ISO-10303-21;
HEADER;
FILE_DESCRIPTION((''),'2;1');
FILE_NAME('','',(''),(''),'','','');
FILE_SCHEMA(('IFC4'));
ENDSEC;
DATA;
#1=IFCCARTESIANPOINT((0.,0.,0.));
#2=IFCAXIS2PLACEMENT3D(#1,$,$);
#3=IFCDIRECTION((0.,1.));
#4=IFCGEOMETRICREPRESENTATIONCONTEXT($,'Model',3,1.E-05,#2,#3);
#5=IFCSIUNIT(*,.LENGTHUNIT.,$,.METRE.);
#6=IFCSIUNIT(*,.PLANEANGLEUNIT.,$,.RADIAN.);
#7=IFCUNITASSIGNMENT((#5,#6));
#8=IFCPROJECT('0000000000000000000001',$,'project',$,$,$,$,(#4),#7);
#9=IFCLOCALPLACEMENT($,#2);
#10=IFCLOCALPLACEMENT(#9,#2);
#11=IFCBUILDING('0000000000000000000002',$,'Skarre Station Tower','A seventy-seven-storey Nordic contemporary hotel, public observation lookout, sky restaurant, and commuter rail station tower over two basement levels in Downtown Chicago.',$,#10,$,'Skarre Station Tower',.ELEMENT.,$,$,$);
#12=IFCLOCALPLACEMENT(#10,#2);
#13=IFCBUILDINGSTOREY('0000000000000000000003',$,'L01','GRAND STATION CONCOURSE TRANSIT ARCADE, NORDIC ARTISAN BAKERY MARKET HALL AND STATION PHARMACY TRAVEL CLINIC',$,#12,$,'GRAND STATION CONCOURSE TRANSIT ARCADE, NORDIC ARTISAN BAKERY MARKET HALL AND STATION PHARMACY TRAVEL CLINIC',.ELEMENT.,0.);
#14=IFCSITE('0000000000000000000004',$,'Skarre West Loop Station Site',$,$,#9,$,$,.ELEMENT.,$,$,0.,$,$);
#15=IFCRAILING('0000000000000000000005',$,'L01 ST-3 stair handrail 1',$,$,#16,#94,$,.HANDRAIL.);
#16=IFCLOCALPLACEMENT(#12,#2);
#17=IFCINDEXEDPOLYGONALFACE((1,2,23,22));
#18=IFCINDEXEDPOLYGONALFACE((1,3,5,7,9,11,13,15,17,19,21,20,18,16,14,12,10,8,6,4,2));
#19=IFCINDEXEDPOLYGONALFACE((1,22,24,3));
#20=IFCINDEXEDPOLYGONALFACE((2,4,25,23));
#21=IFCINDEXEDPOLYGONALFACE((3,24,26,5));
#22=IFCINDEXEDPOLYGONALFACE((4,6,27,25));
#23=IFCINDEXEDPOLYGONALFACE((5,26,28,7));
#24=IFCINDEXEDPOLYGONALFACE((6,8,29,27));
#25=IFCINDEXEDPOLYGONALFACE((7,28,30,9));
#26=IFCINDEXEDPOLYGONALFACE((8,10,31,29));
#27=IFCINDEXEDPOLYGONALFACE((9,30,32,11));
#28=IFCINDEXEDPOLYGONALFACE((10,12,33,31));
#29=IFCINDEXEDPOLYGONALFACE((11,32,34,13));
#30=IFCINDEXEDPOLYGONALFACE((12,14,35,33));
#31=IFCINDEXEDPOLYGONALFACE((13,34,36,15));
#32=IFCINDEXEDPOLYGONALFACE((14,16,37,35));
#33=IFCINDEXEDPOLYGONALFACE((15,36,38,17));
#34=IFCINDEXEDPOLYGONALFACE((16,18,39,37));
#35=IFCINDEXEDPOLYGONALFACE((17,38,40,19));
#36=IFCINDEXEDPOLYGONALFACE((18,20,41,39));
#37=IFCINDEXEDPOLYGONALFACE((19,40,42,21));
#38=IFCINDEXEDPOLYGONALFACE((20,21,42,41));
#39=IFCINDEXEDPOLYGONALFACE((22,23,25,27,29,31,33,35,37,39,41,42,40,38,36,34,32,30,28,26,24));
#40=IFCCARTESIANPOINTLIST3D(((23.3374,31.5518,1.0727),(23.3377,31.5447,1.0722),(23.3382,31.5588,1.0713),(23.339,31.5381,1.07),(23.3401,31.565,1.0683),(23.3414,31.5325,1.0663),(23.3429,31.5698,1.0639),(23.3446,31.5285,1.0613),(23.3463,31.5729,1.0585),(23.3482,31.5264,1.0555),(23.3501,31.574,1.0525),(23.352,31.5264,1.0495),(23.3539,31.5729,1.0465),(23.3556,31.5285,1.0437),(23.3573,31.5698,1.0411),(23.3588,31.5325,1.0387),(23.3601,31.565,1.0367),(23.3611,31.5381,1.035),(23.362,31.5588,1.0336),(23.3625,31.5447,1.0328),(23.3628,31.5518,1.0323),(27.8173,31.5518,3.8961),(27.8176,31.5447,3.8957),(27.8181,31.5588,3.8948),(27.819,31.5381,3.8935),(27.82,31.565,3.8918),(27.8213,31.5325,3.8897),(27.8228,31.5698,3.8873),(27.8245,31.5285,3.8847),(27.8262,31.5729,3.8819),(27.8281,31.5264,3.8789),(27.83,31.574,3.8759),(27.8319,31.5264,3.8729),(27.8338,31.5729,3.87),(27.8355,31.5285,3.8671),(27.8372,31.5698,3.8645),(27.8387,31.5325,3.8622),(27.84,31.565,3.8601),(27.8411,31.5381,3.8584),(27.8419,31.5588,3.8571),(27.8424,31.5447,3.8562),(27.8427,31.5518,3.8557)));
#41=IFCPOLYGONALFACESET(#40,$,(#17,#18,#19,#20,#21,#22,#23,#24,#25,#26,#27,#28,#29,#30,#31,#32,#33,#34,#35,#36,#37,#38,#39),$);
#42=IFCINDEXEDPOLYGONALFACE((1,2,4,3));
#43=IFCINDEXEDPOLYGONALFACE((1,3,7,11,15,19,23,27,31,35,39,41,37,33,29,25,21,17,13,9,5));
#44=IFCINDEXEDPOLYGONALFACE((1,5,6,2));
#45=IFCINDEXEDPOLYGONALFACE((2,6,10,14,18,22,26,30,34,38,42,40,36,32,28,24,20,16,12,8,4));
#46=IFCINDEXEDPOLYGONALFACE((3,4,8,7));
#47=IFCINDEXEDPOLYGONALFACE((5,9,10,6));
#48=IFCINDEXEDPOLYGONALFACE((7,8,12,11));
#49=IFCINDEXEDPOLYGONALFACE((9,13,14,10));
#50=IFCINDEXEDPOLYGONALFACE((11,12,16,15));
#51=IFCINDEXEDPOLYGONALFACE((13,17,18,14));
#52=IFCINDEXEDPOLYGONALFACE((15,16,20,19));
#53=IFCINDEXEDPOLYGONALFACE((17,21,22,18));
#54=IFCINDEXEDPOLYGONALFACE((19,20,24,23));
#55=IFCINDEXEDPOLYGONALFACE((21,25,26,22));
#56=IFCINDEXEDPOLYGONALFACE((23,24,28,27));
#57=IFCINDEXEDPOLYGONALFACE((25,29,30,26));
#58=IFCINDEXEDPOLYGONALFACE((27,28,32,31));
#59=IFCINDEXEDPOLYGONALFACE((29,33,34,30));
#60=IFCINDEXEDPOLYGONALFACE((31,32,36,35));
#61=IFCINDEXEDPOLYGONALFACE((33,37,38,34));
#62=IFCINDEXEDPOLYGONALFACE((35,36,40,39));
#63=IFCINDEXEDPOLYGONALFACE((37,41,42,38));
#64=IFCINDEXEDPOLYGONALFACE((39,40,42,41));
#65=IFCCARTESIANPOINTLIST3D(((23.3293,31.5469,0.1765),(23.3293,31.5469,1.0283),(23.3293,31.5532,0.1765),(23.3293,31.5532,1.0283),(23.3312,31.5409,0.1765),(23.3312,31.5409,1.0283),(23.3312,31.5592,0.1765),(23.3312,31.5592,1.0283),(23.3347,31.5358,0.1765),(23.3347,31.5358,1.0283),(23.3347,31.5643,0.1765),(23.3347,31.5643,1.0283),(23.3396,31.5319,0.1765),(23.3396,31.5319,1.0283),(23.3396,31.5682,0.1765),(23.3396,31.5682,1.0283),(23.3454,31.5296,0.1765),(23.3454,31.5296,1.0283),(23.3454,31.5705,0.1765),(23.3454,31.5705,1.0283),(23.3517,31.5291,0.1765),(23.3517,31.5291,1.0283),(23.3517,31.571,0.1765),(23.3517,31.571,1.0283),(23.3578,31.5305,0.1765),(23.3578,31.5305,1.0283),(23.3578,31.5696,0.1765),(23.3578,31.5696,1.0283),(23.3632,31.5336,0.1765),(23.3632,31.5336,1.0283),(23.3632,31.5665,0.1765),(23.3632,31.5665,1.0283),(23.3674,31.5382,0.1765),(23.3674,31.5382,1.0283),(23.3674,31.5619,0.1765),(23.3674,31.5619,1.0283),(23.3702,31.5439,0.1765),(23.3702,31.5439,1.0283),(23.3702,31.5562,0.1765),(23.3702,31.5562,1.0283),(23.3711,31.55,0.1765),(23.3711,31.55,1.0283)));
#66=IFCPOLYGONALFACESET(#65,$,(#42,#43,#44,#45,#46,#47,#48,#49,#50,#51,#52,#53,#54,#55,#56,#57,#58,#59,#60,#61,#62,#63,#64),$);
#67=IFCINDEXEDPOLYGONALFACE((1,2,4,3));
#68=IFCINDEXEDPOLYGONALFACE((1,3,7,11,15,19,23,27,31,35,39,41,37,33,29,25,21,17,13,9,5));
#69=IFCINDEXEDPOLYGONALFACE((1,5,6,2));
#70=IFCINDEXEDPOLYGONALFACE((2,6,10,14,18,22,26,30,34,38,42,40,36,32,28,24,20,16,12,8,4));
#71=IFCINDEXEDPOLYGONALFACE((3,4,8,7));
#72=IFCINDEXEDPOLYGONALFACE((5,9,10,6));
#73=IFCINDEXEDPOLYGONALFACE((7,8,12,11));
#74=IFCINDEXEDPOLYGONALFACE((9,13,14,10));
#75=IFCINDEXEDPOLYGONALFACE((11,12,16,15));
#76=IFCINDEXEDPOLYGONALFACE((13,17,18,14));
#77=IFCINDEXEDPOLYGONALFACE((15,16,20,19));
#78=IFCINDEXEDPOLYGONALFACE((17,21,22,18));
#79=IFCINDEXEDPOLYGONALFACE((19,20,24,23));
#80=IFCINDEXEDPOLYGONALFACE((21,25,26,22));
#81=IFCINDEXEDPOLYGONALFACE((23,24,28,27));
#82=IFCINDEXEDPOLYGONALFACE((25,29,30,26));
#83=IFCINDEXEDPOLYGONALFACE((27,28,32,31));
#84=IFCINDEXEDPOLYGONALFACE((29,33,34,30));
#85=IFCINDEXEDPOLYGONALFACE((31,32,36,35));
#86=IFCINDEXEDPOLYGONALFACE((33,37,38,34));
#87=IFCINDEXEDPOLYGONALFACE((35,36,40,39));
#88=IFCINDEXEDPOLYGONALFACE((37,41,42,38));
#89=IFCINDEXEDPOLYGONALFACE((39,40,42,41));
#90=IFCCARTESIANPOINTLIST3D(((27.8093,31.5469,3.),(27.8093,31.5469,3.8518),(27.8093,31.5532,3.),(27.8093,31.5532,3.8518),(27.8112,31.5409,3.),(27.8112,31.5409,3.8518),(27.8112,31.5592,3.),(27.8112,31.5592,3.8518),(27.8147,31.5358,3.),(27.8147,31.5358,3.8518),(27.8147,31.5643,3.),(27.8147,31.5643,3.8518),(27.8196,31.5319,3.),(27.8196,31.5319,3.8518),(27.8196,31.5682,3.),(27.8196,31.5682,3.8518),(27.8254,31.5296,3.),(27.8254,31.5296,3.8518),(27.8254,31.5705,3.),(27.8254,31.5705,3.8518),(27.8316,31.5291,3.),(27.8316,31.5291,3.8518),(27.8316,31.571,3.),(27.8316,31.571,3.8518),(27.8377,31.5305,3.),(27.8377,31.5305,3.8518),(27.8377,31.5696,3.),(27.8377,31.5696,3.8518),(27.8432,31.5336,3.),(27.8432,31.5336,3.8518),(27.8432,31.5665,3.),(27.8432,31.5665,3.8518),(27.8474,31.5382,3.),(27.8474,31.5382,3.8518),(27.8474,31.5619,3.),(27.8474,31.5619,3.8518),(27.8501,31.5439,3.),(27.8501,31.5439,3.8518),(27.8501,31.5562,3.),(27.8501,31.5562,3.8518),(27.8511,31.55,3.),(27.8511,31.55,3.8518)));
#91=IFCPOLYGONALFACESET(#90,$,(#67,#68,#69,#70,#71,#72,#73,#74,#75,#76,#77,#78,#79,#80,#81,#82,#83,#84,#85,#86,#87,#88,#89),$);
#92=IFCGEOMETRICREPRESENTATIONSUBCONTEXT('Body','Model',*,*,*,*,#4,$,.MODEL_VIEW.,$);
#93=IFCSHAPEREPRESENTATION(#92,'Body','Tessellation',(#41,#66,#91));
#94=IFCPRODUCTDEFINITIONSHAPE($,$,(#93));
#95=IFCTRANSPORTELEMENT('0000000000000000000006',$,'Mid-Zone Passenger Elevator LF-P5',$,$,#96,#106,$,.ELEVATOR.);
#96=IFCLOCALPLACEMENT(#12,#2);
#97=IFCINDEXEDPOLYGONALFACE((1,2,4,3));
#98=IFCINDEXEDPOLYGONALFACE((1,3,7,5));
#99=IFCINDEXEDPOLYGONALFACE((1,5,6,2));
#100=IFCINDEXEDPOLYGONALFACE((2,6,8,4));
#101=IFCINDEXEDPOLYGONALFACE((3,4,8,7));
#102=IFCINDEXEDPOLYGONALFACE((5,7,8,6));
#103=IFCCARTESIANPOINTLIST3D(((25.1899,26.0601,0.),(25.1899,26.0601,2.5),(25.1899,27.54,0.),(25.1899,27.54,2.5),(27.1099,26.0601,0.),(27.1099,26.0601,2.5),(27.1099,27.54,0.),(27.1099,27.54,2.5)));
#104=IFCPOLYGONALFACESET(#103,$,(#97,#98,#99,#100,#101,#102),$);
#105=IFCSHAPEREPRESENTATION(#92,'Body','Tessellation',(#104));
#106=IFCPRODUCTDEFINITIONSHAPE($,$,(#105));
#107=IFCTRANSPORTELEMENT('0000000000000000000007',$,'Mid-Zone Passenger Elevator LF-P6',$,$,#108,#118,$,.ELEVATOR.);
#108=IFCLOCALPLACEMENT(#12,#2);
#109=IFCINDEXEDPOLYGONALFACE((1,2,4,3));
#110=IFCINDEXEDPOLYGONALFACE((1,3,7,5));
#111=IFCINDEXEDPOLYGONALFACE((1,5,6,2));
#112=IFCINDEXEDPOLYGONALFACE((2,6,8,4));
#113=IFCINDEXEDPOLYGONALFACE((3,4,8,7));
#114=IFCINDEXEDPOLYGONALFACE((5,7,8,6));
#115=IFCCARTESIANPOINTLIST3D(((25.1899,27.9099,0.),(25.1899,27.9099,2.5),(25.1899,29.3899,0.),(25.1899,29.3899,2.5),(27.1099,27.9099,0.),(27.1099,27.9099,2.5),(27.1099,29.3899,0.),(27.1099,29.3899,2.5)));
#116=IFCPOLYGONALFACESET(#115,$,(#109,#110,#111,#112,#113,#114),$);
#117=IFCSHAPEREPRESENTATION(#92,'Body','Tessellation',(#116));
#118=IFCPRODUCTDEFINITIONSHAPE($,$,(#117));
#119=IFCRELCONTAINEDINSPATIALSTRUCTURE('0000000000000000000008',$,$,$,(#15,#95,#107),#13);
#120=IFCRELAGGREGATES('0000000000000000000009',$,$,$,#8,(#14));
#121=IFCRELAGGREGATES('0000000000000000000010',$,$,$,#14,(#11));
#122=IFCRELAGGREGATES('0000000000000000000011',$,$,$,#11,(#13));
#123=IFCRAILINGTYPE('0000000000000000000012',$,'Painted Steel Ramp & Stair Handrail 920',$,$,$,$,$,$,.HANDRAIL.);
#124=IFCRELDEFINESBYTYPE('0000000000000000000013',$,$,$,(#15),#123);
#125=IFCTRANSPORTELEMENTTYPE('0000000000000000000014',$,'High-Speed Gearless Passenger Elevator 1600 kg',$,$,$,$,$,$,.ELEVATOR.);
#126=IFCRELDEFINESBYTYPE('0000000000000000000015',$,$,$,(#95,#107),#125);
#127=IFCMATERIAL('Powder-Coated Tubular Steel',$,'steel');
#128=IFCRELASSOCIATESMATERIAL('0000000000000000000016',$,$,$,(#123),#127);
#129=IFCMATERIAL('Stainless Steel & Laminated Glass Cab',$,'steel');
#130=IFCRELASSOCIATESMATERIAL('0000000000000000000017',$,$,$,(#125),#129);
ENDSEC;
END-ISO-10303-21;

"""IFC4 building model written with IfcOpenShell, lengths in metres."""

from ifc_helpers import new_model, si_unit, direction, frame, origin, origin_2d, place, context, subcontext, project, spatial, rectangle, circle, extrude, material, type_object, element, save


model = new_model("IFC4")

# Units and contexts
model_context = context("Model", 3, precision=1e-05, world=origin(), true_north=direction((0.0, 1.0)))
body_context = subcontext(model_context, "Body", "Model", "MODEL_VIEW")
ifc_project = project(units=[si_unit("LENGTHUNIT", "METRE"), si_unit("PLANEANGLEUNIT", "RADIAN")], contexts=[model_context])

# Site, building, storey
site_placement = place(None, origin())
site = spatial("IfcSite", under=ifc_project, at=site_placement, Name="Skarre West Loop Station Site", CompositionType="ELEMENT", RefElevation=0.0)
building_placement = place(site_placement, origin())
building = spatial("IfcBuilding", under=site, at=building_placement, Name="Skarre Station Tower", Description="A seventy-seven-storey Nordic contemporary hotel, public observation lookout, sky restaurant, and commuter rail station tower over two basement levels in Downtown Chicago.", LongName="Skarre Station Tower", CompositionType="ELEMENT")
storey_placement = place(building_placement, origin())
storey = spatial("IfcBuildingStorey", under=building, at=storey_placement, Name="L01", Description="GRAND STATION CONCOURSE TRANSIT ARCADE, NORDIC ARTISAN BAKERY MARKET HALL AND STATION PHARMACY TRAVEL CLINIC", LongName="GRAND STATION CONCOURSE TRANSIT ARCADE, NORDIC ARTISAN BAKERY MARKET HALL AND STATION PHARMACY TRAVEL CLINIC", CompositionType="ELEMENT", Elevation=0.0)

# Railing
ifc_material_1 = material(Name="Powder-Coated Tubular Steel", Category="steel")
railing_type = type_object("IfcRailingType", Name="Painted Steel Ramp & Stair Handrail 920", PredefinedType="HANDRAIL", material=ifc_material_1)
railing_placement = place(storey_placement, frame((23.3501, 31.55, 0.1765)))
element("IfcRailing", 1, at=railing_placement, inside=storey, type_object=railing_type, Name="L01 ST-3 stair handrail 1", PredefinedType="HANDRAIL", context=body_context, shape_type="SweptSolid", body=[
    extrude(circle(Radius=0.0239, at=origin_2d()), frame((0.0, 0.0, 0.876), z_axis=(0.845998, 0.0, 0.533186), x_axis=(0.0, 1.0, 0.0)), (0.0, 0.0, 1.0), 5.2954),
    extrude(circle(Radius=0.021, at=origin_2d()), origin(), (0.0, 0.0, 1.0), 0.8518),
    extrude(circle(Radius=0.021, at=origin_2d()), frame((4.48, 0.0, 2.8235)), (0.0, 0.0, 1.0), 0.8518),
])

# Transport elements
ifc_material_2 = material(Name="Stainless Steel & Laminated Glass Cab", Category="steel")
transport_element_type = type_object("IfcTransportElementType", Name="High-Speed Gearless Passenger Elevator 1600 kg", PredefinedType="ELEVATOR", material=ifc_material_2)
for number, where, z_axis, x_axis, name in (
    (2, (26.1499, 26.8, 0.0), (0.0, 0.0, 1.0), (1.0, 0.0, 0.0), "Mid-Zone Passenger Elevator LF-P5"),
    (3, (26.1499, 28.6499, 0.0), (0.0, 0.0, 1.0), (1.0, 0.0, 0.0), "Mid-Zone Passenger Elevator LF-P6"),
):
    element("IfcTransportElement", number, at=place(storey_placement, frame(where, z_axis=z_axis, x_axis=x_axis)), inside=storey, type_object=transport_element_type, Name=name, PredefinedType="ELEVATOR", context=body_context, shape_type="SweptSolid", body=[
        extrude(rectangle(XDim=1.9199, YDim=1.48, at=origin_2d()), origin(), (0.0, 0.0, 1.0), 2.5),
    ])

save(model, "model.ifc")
